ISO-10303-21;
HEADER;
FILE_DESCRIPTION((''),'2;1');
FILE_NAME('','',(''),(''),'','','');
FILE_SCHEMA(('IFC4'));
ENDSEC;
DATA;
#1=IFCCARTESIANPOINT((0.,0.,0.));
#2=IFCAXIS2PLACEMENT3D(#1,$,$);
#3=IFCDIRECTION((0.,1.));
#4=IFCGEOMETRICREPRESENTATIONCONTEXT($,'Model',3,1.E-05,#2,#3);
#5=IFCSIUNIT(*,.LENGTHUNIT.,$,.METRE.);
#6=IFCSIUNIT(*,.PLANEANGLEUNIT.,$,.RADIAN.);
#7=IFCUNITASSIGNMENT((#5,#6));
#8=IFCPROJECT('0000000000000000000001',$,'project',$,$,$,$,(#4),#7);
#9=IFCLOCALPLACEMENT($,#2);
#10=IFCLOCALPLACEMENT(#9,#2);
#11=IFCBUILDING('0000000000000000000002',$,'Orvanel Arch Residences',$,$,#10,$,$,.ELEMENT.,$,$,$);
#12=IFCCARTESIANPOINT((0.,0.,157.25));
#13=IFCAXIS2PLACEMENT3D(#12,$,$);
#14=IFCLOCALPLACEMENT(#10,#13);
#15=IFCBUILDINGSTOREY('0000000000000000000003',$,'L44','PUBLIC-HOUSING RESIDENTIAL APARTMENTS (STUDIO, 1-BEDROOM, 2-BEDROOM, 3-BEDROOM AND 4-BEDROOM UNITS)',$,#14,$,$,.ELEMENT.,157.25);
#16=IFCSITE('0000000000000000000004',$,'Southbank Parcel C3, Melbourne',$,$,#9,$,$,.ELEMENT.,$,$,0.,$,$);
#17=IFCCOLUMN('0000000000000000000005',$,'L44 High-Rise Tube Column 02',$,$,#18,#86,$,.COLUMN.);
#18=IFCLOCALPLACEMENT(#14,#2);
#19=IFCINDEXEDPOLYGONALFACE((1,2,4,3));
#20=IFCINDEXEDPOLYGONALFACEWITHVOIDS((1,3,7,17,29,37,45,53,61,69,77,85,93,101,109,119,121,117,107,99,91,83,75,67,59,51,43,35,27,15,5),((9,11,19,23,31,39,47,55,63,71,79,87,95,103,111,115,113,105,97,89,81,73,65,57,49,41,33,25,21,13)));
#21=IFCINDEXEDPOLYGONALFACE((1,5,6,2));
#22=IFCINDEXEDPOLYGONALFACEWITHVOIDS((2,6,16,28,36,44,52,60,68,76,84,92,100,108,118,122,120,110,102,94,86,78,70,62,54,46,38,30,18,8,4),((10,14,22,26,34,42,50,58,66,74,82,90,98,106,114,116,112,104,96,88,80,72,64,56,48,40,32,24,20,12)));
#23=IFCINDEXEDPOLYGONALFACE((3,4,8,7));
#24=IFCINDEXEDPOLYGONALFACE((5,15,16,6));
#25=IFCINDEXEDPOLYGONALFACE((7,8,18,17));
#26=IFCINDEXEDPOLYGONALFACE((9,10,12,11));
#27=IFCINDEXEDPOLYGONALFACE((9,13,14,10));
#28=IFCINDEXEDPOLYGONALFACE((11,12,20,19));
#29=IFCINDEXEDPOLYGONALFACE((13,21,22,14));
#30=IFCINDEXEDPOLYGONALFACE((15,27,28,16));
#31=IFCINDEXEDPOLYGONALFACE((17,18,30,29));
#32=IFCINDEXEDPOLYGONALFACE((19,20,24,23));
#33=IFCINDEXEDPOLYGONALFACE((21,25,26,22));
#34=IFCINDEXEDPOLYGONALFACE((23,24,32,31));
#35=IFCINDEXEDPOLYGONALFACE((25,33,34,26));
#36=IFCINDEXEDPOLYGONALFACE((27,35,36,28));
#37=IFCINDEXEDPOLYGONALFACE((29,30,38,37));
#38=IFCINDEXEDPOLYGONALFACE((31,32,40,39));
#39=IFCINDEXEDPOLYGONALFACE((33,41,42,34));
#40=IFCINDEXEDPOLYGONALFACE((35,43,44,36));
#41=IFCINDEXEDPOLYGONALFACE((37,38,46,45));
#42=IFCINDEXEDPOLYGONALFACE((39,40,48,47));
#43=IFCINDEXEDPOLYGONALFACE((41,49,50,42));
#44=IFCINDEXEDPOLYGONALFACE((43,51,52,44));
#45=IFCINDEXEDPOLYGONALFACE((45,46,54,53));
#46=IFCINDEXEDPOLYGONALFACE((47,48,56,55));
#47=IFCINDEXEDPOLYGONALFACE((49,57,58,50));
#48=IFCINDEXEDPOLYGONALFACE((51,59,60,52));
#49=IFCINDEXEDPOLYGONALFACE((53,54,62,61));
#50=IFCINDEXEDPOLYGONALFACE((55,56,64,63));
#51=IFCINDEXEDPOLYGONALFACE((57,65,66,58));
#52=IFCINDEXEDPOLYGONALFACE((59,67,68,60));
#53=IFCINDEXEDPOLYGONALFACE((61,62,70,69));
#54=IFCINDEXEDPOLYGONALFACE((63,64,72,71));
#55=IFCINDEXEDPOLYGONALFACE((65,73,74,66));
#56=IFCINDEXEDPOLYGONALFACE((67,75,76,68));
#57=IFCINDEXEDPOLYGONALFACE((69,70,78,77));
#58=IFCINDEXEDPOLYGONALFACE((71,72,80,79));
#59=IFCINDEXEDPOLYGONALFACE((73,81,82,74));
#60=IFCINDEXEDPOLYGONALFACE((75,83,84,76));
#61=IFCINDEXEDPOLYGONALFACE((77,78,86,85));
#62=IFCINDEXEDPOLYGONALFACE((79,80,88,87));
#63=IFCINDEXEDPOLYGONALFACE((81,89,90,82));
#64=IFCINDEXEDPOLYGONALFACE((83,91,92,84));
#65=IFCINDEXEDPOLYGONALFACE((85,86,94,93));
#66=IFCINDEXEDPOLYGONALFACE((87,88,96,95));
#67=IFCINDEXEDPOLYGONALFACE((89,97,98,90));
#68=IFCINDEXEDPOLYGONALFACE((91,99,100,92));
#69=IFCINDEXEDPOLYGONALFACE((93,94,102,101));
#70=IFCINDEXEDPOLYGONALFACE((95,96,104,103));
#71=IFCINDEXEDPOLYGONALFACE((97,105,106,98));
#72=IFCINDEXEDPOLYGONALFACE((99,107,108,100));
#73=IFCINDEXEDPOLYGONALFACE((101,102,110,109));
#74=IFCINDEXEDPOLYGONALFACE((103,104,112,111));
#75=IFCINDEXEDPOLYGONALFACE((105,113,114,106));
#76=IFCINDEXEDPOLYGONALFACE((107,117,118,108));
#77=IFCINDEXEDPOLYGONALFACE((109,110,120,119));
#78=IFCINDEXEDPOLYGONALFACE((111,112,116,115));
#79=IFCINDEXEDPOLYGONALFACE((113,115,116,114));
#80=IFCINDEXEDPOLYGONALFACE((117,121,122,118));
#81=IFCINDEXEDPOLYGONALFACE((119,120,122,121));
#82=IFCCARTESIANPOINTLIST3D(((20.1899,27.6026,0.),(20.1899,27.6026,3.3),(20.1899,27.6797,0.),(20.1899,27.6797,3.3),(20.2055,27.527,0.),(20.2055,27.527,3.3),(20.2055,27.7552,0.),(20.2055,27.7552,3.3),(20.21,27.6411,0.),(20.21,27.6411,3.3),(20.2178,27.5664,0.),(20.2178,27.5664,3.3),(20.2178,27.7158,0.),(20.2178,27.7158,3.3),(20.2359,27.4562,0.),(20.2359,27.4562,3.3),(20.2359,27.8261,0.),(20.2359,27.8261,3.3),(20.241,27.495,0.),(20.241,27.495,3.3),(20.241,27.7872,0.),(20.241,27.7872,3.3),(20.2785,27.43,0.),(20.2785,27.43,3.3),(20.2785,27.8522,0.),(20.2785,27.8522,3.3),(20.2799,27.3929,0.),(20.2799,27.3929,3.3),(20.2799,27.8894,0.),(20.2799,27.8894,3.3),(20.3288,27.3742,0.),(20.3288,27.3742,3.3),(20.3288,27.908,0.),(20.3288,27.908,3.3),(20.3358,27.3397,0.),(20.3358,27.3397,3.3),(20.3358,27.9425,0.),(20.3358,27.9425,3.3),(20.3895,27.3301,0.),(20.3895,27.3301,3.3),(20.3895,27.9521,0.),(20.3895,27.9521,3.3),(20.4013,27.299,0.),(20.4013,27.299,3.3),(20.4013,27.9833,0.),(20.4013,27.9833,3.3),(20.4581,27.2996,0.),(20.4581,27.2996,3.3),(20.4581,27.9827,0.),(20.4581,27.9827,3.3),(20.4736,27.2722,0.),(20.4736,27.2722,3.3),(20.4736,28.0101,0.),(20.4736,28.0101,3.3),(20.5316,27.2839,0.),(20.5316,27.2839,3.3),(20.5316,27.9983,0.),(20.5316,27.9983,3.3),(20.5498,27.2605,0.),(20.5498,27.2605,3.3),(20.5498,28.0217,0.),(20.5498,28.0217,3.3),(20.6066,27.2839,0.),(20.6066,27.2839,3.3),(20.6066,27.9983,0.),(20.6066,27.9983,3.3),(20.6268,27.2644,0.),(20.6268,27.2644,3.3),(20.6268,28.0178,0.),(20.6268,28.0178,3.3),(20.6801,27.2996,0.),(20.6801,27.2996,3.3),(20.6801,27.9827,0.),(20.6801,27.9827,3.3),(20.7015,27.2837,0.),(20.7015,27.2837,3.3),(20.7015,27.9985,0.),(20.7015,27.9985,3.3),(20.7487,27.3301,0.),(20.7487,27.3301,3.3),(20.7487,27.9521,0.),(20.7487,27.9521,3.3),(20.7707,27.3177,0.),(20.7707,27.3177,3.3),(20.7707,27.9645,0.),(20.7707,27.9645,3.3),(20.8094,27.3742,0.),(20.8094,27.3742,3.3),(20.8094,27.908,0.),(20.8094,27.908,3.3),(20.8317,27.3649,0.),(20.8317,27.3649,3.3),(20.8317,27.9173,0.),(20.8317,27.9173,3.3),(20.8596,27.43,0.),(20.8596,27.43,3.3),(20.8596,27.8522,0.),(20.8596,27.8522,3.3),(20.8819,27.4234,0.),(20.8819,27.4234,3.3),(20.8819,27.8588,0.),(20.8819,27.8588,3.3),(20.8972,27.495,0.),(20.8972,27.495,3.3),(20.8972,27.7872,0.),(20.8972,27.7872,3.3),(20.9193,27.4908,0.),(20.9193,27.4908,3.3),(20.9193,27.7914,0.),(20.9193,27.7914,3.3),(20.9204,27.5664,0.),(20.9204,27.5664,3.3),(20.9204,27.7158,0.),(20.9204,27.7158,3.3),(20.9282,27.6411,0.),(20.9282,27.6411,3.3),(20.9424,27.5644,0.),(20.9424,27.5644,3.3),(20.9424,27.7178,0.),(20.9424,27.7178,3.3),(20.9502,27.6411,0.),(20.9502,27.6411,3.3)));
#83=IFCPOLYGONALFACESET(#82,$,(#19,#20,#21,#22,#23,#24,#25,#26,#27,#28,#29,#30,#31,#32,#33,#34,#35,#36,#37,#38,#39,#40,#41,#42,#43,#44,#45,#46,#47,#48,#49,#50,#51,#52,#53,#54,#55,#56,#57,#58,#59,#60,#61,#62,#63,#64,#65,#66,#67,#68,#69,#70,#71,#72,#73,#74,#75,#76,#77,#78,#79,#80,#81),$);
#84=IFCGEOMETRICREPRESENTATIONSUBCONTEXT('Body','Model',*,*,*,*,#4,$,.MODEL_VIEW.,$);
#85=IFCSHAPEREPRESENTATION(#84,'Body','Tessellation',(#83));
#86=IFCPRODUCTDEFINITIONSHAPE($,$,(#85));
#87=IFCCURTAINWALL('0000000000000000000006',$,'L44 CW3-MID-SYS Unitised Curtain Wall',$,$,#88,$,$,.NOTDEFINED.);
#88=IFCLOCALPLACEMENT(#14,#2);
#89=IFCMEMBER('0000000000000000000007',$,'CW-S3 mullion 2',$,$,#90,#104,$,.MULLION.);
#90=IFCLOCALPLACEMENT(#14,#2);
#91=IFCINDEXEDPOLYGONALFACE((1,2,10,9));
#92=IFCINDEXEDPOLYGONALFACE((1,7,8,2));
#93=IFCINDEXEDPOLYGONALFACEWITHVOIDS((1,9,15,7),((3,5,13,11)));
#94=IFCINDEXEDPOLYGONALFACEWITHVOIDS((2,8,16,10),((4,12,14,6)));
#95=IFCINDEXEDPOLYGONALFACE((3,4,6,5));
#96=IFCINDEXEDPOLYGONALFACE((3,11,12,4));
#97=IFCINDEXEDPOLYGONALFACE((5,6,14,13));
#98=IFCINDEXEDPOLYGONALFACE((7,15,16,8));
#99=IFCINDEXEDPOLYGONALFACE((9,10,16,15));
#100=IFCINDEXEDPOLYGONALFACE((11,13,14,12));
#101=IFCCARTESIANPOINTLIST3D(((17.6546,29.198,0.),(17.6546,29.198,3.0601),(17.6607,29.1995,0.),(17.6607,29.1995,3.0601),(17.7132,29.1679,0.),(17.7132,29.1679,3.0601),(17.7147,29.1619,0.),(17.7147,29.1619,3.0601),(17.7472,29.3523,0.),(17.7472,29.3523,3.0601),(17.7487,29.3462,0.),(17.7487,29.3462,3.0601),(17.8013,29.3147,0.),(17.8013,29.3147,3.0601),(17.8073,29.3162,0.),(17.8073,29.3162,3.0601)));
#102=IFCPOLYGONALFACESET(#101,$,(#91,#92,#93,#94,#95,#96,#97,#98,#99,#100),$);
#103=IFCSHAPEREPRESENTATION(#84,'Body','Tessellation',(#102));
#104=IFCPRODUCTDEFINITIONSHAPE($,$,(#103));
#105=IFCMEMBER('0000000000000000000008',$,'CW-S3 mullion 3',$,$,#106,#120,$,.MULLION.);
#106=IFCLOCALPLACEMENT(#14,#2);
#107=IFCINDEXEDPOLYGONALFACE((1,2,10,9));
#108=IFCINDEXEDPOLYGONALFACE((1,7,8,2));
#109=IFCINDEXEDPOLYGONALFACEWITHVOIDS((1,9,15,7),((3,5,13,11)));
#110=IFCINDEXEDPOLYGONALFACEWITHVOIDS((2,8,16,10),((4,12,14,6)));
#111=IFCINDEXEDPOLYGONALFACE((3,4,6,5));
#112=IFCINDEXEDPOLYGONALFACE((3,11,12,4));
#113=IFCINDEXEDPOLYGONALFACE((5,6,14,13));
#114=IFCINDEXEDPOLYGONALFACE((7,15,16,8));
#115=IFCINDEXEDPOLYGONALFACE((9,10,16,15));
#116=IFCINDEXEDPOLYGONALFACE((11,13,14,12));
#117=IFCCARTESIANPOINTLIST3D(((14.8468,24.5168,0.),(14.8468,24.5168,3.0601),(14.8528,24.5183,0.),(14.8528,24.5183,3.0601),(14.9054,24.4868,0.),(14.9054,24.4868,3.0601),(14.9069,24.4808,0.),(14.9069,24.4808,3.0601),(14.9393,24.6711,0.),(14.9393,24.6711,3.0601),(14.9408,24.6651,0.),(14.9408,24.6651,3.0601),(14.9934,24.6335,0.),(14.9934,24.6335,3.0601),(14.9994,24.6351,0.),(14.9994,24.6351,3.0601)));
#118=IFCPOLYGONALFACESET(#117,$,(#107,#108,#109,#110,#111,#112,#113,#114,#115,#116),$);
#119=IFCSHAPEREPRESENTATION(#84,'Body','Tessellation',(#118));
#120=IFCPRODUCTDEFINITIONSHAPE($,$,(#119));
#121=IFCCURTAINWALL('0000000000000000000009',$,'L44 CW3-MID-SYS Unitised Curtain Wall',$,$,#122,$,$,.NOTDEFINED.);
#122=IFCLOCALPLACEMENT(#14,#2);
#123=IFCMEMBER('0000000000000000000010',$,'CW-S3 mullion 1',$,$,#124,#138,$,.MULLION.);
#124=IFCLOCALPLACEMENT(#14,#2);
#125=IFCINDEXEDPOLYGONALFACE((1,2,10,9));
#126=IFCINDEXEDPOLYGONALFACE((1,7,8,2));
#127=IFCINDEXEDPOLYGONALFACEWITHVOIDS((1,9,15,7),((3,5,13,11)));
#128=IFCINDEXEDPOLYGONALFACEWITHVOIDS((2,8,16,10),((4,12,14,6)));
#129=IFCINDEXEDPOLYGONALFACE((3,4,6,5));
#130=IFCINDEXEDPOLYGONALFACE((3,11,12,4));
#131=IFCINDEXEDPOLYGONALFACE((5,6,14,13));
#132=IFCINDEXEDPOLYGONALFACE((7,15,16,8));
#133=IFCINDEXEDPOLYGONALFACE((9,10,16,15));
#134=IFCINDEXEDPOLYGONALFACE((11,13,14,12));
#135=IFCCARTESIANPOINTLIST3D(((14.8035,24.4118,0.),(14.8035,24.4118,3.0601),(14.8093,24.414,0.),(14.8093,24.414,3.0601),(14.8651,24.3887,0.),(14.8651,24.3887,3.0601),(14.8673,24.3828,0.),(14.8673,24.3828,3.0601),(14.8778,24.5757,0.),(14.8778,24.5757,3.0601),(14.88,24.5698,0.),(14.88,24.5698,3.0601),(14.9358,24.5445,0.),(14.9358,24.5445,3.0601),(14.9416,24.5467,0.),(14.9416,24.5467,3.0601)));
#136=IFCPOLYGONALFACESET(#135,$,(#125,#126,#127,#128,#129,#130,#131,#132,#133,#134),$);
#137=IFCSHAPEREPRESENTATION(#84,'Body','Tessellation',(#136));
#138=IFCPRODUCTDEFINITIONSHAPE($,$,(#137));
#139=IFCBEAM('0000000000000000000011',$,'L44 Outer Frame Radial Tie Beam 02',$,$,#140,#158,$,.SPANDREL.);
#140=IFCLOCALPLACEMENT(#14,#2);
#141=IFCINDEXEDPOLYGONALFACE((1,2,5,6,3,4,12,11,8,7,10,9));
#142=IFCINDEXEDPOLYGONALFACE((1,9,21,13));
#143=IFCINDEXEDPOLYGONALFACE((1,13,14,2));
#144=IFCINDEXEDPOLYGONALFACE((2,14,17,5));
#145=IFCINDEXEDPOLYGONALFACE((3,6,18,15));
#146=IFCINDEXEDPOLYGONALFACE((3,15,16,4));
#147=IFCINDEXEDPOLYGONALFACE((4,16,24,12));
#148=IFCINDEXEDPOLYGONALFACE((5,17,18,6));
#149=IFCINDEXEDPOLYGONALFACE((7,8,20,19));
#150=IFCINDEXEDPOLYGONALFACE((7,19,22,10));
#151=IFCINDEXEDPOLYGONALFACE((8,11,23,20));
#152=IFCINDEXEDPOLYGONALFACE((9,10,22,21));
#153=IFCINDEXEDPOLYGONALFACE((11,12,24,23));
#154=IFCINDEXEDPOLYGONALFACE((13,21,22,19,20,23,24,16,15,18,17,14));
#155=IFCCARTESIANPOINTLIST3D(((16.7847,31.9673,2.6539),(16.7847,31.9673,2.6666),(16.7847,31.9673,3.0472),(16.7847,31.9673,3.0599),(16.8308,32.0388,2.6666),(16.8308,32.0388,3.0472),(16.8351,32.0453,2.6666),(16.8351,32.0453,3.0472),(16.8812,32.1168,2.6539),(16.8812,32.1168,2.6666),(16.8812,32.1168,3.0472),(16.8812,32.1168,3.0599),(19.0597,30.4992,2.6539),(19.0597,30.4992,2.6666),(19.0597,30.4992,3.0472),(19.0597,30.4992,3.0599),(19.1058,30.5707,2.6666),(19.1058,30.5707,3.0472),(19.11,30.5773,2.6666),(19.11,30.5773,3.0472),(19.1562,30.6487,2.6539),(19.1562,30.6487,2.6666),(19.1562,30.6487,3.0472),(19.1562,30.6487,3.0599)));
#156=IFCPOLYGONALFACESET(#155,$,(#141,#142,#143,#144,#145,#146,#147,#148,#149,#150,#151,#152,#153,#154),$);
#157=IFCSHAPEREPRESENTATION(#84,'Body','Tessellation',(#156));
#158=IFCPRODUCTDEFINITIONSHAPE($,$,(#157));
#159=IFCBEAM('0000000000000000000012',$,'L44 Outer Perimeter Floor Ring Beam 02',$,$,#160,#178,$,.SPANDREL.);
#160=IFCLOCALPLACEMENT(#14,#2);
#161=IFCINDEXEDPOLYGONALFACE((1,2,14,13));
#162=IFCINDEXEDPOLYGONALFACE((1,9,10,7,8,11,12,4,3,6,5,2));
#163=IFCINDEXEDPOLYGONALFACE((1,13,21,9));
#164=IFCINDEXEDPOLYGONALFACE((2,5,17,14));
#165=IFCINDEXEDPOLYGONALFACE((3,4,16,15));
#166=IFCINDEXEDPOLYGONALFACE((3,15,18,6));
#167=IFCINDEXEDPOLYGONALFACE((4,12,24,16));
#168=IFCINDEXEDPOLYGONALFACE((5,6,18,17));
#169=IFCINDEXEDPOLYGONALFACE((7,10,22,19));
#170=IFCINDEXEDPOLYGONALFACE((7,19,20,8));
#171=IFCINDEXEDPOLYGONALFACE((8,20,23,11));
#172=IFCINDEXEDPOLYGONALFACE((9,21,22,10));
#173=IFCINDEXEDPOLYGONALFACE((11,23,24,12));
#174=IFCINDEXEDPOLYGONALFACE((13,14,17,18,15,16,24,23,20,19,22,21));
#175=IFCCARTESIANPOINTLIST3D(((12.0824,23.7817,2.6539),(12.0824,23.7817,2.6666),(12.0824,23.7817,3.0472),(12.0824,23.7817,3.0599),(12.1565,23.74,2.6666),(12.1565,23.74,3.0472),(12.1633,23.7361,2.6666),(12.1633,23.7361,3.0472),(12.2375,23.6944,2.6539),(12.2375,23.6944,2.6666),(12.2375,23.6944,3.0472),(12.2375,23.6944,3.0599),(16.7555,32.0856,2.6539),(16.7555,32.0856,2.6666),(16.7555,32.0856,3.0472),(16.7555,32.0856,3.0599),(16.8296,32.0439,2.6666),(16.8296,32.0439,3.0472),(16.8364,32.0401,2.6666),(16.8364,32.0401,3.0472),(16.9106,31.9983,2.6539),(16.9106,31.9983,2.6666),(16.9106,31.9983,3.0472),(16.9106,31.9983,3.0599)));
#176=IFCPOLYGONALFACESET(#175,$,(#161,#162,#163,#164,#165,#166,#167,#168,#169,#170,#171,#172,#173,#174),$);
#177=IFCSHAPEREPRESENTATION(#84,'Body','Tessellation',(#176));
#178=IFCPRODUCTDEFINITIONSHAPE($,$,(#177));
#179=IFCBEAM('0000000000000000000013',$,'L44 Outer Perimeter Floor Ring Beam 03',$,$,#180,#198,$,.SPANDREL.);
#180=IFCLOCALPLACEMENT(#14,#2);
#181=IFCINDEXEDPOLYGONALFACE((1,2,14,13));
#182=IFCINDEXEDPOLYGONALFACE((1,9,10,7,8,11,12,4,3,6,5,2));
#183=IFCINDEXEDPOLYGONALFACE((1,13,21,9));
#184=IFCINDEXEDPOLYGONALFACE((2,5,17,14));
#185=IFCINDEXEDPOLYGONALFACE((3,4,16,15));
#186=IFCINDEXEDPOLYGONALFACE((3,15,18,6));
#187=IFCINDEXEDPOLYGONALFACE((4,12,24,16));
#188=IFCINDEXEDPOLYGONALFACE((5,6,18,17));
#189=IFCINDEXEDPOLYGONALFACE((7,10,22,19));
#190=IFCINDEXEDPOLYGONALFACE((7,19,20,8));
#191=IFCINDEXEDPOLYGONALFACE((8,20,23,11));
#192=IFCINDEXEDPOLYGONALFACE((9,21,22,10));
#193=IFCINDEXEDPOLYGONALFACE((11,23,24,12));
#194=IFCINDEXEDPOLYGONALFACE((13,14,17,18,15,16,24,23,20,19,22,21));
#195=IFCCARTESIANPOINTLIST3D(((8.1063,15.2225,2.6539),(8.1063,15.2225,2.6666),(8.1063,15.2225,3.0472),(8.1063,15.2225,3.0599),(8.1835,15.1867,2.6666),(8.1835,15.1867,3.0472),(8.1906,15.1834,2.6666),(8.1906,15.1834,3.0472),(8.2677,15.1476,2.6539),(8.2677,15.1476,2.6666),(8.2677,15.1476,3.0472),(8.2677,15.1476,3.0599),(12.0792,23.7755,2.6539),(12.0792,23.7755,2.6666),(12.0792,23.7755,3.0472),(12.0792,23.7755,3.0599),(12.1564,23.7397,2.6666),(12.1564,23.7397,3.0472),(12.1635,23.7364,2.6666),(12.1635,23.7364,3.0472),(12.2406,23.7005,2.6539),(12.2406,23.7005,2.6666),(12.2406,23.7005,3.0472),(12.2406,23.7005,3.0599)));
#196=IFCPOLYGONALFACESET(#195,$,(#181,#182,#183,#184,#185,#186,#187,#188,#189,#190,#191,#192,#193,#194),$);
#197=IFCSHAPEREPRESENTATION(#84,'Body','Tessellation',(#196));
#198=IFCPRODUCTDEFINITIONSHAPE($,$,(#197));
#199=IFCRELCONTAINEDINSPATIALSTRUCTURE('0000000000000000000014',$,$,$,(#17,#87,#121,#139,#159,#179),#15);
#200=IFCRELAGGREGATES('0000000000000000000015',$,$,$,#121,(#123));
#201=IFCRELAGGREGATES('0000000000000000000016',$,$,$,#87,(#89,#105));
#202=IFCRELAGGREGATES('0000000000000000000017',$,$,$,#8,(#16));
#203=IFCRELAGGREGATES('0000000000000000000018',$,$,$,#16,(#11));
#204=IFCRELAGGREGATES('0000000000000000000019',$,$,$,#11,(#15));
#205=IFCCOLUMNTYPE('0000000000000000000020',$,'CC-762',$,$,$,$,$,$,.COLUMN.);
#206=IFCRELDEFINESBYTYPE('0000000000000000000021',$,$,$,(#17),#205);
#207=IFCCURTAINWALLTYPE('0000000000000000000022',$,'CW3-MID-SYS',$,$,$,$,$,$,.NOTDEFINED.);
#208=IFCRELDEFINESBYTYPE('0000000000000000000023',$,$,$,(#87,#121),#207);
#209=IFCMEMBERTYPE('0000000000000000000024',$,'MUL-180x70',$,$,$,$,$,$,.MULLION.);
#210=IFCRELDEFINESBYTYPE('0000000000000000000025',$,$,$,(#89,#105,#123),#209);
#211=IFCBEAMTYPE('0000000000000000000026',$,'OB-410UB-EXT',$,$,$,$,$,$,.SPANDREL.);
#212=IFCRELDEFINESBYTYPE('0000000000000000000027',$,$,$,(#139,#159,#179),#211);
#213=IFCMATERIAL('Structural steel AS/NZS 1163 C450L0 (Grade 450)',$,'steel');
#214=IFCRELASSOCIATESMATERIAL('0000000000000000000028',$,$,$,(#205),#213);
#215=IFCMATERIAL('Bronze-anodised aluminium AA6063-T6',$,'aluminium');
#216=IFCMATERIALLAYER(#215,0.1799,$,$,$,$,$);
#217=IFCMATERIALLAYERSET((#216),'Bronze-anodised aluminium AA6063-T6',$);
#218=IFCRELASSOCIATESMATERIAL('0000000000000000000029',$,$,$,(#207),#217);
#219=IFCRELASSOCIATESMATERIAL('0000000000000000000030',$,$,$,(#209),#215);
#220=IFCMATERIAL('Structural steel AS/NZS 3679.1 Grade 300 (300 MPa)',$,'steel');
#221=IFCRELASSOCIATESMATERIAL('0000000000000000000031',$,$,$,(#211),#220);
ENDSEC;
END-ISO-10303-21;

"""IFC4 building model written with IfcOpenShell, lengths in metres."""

from ifc_helpers import new_model, si_unit, direction, frame, origin, origin_2d, place, context, subcontext, project, spatial, hollow_rectangle, hollow_circle, i_section, extrude, material, layer, layer_set, material_profile, profile_set, type_object, element, aggregate, save


model = new_model("IFC4")

# Units and contexts
model_context = context("Model", 3, precision=1e-05, world=origin(), true_north=direction((0.0, 1.0)))
body_context = subcontext(model_context, "Body", "Model", "MODEL_VIEW")
ifc_project = project(units=[si_unit("LENGTHUNIT", "METRE"), si_unit("PLANEANGLEUNIT", "RADIAN")], contexts=[model_context])

# Site, building, storey
site_placement = place(None, origin())
site = spatial("IfcSite", under=ifc_project, at=site_placement, Name="Southbank Parcel C3, Melbourne", CompositionType="ELEMENT", RefElevation=0.0)
building_placement = place(site_placement, origin())
building = spatial("IfcBuilding", under=site, at=building_placement, Name="Orvanel Arch Residences", CompositionType="ELEMENT")
storey_placement = place(building_placement, frame((0.0, 0.0, 157.25)))
storey = spatial("IfcBuildingStorey", under=building, at=storey_placement, Name="L44", Description="PUBLIC-HOUSING RESIDENTIAL APARTMENTS (STUDIO, 1-BEDROOM, 2-BEDROOM, 3-BEDROOM AND 4-BEDROOM UNITS)", CompositionType="ELEMENT", Elevation=157.25)

# Column
ifc_material_1 = material(Name="Structural steel AS/NZS 1163 C450L0 (Grade 450)", Category="steel")
ifc_material_profile_1 = material_profile(ifc_material_1, hollow_circle(Radius=0.3811, WallThickness=0.022, at=origin_2d()), Name="CHS762x22")
ifc_profile_set_1 = profile_set([ifc_material_profile_1], Name="Structural steel AS/NZS 1163 C450L0 (Grade 450)")
column_type = type_object("IfcColumnType", Name="CC-762", PredefinedType="COLUMN", material=ifc_profile_set_1)
column_placement = place(storey_placement, frame((20.5691, 27.6411, 0.0), z_axis=(0.0, 0.0, 1.0), x_axis=(1.0, 0.0, 0.0)))
element("IfcColumn", 1, at=column_placement, inside=storey, type_object=column_type, Name="L44 High-Rise Tube Column 02", PredefinedType="COLUMN", context=body_context, shape_type="SweptSolid", body=[
    extrude(hollow_circle(Radius=0.3811, WallThickness=0.022, at=origin_2d()), origin(), (0.0, 0.0, 1.0), 3.3),
])

# Curtain wall, members
ifc_material_2 = material(Name="Bronze-anodised aluminium AA6063-T6", Category="aluminium")
ifc_layer_1 = layer(ifc_material_2, 0.1799)
ifc_layer_set_1 = layer_set([ifc_layer_1], Name="Bronze-anodised aluminium AA6063-T6")
curtain_wall_type = type_object("IfcCurtainWallType", Name="CW3-MID-SYS", PredefinedType="NOTDEFINED", material=ifc_layer_set_1)
curtain_wall_1_placement = place(storey_placement, origin())
curtain_wall_1 = element("IfcCurtainWall", 2, at=curtain_wall_1_placement, inside=storey, type_object=curtain_wall_type, Name="L44 CW3-MID-SYS Unitised Curtain Wall", PredefinedType="NOTDEFINED")
ifc_material_profile_2 = material_profile(ifc_material_2, hollow_rectangle(XDim=0.0701, YDim=0.1799, WallThickness=0.0044, at=origin_2d()), Name="ALU180x70x4.5")
ifc_profile_set_2 = profile_set([ifc_material_profile_2], Name="Bronze-anodised aluminium AA6063-T6")
member_type_1 = type_object("IfcMemberType", Name="MUL-180x70", PredefinedType="MULLION", material=ifc_profile_set_2)
member_1_placement = place(storey_placement, frame((17.731, 29.2571, 0.0), z_axis=(0.0, 0.0, 1.0), x_axis=(0.857541, -0.514415, 0.0)))
member_1 = element("IfcMember", 3, at=member_1_placement, type_object=member_type_1, Name="CW-S3 mullion 2", PredefinedType="MULLION", context=body_context, shape_type="SweptSolid", body=[
    extrude(hollow_rectangle(XDim=0.0701, YDim=0.1799, WallThickness=0.0044, at=origin_2d()), origin(), (0.0, 0.0, 1.0), 3.0601),
])
member_2_placement = place(storey_placement, frame((14.9231, 24.5759, 0.0), z_axis=(0.0, 0.0, 1.0), x_axis=(0.857541, -0.514415, 0.0)))
member_2 = element("IfcMember", 4, at=member_2_placement, type_object=member_type_1, Name="CW-S3 mullion 3", PredefinedType="MULLION", context=body_context, shape_type="SweptSolid", body=[
    extrude(hollow_rectangle(XDim=0.0701, YDim=0.1799, WallThickness=0.0044, at=origin_2d()), origin(), (0.0, 0.0, 1.0), 3.0601),
])

# Curtain wall, member
curtain_wall_2_placement = place(storey_placement, origin())
curtain_wall_2 = element("IfcCurtainWall", 5, at=curtain_wall_2_placement, inside=storey, type_object=curtain_wall_type, Name="L44 CW3-MID-SYS Unitised Curtain Wall", PredefinedType="NOTDEFINED")
member_3_placement = place(storey_placement, frame((14.8726, 24.4792, 0.0), z_axis=(0.0, 0.0, 1.0), x_axis=(0.910649, -0.413181, 0.0)))
member_3 = element("IfcMember", 6, at=member_3_placement, type_object=member_type_1, Name="CW-S3 mullion 1", PredefinedType="MULLION", context=body_context, shape_type="SweptSolid", body=[
    extrude(hollow_rectangle(XDim=0.0701, YDim=0.1799, WallThickness=0.0044, at=origin_2d()), origin(), (0.0, 0.0, 1.0), 3.0601),
])

# Beams
ifc_material_3 = material(Name="Structural steel AS/NZS 3679.1 Grade 300 (300 MPa)", Category="steel")
ifc_material_profile_3 = material_profile(ifc_material_3, i_section(OverallWidth=0.178, OverallDepth=0.406, WebThickness=0.0078, FlangeThickness=0.0127, at=origin_2d()), Name="410UB59.7")
ifc_profile_set_3 = profile_set([ifc_material_profile_3], Name="Structural steel AS/NZS 3679.1 Grade 300 (300 MPa)")
beam_type_1 = type_object("IfcBeamType", Name="OB-410UB-EXT", PredefinedType="SPANDREL", material=ifc_profile_set_3)
beam_1_placement = place(storey_placement, frame((19.1079, 30.574, 2.8569), z_axis=(-0.84024, 0.542215, 0.0), x_axis=(-0.542215, -0.84024, 0.0)))
element("IfcBeam", 7, at=beam_1_placement, inside=storey, type_object=beam_type_1, Name="L44 Outer Frame Radial Tie Beam 02", PredefinedType="SPANDREL", context=body_context, shape_type="SweptSolid", body=[
    extrude(i_section(OverallWidth=0.178, OverallDepth=0.406, WebThickness=0.0078, FlangeThickness=0.0127, at=origin_2d()), origin(), (0.0, 0.0, 1.0), 2.7075),
])
beam_2_placement = place(storey_placement, frame((16.833, 32.042, 2.8569), z_axis=(-0.49043, -0.87148, 0.0), x_axis=(0.87148, -0.49043, 0.0)))
element("IfcBeam", 8, at=beam_2_placement, inside=storey, type_object=beam_type_1, Name="L44 Outer Perimeter Floor Ring Beam 02", PredefinedType="SPANDREL", context=body_context, shape_type="SweptSolid", body=[
    extrude(i_section(OverallWidth=0.178, OverallDepth=0.406, WebThickness=0.0078, FlangeThickness=0.0127, at=origin_2d()), origin(), (0.0, 0.0, 1.0), 9.5286),
])
beam_3_placement = place(storey_placement, frame((12.1599, 23.738, 2.8569), z_axis=(-0.421275, -0.906933, 0.0), x_axis=(0.906933, -0.421275, 0.0)))
element("IfcBeam", 9, at=beam_3_placement, inside=storey, type_object=beam_type_1, Name="L44 Outer Perimeter Floor Ring Beam 03", PredefinedType="SPANDREL", context=body_context, shape_type="SweptSolid", body=[
    extrude(i_section(OverallWidth=0.178, OverallDepth=0.406, WebThickness=0.0078, FlangeThickness=0.0127, at=origin_2d()), origin(), (0.0, 0.0, 1.0), 9.4307),
])

aggregate(curtain_wall_2, [member_3])

aggregate(curtain_wall_1, [member_1, member_2])

save(model, "model.ifc")
